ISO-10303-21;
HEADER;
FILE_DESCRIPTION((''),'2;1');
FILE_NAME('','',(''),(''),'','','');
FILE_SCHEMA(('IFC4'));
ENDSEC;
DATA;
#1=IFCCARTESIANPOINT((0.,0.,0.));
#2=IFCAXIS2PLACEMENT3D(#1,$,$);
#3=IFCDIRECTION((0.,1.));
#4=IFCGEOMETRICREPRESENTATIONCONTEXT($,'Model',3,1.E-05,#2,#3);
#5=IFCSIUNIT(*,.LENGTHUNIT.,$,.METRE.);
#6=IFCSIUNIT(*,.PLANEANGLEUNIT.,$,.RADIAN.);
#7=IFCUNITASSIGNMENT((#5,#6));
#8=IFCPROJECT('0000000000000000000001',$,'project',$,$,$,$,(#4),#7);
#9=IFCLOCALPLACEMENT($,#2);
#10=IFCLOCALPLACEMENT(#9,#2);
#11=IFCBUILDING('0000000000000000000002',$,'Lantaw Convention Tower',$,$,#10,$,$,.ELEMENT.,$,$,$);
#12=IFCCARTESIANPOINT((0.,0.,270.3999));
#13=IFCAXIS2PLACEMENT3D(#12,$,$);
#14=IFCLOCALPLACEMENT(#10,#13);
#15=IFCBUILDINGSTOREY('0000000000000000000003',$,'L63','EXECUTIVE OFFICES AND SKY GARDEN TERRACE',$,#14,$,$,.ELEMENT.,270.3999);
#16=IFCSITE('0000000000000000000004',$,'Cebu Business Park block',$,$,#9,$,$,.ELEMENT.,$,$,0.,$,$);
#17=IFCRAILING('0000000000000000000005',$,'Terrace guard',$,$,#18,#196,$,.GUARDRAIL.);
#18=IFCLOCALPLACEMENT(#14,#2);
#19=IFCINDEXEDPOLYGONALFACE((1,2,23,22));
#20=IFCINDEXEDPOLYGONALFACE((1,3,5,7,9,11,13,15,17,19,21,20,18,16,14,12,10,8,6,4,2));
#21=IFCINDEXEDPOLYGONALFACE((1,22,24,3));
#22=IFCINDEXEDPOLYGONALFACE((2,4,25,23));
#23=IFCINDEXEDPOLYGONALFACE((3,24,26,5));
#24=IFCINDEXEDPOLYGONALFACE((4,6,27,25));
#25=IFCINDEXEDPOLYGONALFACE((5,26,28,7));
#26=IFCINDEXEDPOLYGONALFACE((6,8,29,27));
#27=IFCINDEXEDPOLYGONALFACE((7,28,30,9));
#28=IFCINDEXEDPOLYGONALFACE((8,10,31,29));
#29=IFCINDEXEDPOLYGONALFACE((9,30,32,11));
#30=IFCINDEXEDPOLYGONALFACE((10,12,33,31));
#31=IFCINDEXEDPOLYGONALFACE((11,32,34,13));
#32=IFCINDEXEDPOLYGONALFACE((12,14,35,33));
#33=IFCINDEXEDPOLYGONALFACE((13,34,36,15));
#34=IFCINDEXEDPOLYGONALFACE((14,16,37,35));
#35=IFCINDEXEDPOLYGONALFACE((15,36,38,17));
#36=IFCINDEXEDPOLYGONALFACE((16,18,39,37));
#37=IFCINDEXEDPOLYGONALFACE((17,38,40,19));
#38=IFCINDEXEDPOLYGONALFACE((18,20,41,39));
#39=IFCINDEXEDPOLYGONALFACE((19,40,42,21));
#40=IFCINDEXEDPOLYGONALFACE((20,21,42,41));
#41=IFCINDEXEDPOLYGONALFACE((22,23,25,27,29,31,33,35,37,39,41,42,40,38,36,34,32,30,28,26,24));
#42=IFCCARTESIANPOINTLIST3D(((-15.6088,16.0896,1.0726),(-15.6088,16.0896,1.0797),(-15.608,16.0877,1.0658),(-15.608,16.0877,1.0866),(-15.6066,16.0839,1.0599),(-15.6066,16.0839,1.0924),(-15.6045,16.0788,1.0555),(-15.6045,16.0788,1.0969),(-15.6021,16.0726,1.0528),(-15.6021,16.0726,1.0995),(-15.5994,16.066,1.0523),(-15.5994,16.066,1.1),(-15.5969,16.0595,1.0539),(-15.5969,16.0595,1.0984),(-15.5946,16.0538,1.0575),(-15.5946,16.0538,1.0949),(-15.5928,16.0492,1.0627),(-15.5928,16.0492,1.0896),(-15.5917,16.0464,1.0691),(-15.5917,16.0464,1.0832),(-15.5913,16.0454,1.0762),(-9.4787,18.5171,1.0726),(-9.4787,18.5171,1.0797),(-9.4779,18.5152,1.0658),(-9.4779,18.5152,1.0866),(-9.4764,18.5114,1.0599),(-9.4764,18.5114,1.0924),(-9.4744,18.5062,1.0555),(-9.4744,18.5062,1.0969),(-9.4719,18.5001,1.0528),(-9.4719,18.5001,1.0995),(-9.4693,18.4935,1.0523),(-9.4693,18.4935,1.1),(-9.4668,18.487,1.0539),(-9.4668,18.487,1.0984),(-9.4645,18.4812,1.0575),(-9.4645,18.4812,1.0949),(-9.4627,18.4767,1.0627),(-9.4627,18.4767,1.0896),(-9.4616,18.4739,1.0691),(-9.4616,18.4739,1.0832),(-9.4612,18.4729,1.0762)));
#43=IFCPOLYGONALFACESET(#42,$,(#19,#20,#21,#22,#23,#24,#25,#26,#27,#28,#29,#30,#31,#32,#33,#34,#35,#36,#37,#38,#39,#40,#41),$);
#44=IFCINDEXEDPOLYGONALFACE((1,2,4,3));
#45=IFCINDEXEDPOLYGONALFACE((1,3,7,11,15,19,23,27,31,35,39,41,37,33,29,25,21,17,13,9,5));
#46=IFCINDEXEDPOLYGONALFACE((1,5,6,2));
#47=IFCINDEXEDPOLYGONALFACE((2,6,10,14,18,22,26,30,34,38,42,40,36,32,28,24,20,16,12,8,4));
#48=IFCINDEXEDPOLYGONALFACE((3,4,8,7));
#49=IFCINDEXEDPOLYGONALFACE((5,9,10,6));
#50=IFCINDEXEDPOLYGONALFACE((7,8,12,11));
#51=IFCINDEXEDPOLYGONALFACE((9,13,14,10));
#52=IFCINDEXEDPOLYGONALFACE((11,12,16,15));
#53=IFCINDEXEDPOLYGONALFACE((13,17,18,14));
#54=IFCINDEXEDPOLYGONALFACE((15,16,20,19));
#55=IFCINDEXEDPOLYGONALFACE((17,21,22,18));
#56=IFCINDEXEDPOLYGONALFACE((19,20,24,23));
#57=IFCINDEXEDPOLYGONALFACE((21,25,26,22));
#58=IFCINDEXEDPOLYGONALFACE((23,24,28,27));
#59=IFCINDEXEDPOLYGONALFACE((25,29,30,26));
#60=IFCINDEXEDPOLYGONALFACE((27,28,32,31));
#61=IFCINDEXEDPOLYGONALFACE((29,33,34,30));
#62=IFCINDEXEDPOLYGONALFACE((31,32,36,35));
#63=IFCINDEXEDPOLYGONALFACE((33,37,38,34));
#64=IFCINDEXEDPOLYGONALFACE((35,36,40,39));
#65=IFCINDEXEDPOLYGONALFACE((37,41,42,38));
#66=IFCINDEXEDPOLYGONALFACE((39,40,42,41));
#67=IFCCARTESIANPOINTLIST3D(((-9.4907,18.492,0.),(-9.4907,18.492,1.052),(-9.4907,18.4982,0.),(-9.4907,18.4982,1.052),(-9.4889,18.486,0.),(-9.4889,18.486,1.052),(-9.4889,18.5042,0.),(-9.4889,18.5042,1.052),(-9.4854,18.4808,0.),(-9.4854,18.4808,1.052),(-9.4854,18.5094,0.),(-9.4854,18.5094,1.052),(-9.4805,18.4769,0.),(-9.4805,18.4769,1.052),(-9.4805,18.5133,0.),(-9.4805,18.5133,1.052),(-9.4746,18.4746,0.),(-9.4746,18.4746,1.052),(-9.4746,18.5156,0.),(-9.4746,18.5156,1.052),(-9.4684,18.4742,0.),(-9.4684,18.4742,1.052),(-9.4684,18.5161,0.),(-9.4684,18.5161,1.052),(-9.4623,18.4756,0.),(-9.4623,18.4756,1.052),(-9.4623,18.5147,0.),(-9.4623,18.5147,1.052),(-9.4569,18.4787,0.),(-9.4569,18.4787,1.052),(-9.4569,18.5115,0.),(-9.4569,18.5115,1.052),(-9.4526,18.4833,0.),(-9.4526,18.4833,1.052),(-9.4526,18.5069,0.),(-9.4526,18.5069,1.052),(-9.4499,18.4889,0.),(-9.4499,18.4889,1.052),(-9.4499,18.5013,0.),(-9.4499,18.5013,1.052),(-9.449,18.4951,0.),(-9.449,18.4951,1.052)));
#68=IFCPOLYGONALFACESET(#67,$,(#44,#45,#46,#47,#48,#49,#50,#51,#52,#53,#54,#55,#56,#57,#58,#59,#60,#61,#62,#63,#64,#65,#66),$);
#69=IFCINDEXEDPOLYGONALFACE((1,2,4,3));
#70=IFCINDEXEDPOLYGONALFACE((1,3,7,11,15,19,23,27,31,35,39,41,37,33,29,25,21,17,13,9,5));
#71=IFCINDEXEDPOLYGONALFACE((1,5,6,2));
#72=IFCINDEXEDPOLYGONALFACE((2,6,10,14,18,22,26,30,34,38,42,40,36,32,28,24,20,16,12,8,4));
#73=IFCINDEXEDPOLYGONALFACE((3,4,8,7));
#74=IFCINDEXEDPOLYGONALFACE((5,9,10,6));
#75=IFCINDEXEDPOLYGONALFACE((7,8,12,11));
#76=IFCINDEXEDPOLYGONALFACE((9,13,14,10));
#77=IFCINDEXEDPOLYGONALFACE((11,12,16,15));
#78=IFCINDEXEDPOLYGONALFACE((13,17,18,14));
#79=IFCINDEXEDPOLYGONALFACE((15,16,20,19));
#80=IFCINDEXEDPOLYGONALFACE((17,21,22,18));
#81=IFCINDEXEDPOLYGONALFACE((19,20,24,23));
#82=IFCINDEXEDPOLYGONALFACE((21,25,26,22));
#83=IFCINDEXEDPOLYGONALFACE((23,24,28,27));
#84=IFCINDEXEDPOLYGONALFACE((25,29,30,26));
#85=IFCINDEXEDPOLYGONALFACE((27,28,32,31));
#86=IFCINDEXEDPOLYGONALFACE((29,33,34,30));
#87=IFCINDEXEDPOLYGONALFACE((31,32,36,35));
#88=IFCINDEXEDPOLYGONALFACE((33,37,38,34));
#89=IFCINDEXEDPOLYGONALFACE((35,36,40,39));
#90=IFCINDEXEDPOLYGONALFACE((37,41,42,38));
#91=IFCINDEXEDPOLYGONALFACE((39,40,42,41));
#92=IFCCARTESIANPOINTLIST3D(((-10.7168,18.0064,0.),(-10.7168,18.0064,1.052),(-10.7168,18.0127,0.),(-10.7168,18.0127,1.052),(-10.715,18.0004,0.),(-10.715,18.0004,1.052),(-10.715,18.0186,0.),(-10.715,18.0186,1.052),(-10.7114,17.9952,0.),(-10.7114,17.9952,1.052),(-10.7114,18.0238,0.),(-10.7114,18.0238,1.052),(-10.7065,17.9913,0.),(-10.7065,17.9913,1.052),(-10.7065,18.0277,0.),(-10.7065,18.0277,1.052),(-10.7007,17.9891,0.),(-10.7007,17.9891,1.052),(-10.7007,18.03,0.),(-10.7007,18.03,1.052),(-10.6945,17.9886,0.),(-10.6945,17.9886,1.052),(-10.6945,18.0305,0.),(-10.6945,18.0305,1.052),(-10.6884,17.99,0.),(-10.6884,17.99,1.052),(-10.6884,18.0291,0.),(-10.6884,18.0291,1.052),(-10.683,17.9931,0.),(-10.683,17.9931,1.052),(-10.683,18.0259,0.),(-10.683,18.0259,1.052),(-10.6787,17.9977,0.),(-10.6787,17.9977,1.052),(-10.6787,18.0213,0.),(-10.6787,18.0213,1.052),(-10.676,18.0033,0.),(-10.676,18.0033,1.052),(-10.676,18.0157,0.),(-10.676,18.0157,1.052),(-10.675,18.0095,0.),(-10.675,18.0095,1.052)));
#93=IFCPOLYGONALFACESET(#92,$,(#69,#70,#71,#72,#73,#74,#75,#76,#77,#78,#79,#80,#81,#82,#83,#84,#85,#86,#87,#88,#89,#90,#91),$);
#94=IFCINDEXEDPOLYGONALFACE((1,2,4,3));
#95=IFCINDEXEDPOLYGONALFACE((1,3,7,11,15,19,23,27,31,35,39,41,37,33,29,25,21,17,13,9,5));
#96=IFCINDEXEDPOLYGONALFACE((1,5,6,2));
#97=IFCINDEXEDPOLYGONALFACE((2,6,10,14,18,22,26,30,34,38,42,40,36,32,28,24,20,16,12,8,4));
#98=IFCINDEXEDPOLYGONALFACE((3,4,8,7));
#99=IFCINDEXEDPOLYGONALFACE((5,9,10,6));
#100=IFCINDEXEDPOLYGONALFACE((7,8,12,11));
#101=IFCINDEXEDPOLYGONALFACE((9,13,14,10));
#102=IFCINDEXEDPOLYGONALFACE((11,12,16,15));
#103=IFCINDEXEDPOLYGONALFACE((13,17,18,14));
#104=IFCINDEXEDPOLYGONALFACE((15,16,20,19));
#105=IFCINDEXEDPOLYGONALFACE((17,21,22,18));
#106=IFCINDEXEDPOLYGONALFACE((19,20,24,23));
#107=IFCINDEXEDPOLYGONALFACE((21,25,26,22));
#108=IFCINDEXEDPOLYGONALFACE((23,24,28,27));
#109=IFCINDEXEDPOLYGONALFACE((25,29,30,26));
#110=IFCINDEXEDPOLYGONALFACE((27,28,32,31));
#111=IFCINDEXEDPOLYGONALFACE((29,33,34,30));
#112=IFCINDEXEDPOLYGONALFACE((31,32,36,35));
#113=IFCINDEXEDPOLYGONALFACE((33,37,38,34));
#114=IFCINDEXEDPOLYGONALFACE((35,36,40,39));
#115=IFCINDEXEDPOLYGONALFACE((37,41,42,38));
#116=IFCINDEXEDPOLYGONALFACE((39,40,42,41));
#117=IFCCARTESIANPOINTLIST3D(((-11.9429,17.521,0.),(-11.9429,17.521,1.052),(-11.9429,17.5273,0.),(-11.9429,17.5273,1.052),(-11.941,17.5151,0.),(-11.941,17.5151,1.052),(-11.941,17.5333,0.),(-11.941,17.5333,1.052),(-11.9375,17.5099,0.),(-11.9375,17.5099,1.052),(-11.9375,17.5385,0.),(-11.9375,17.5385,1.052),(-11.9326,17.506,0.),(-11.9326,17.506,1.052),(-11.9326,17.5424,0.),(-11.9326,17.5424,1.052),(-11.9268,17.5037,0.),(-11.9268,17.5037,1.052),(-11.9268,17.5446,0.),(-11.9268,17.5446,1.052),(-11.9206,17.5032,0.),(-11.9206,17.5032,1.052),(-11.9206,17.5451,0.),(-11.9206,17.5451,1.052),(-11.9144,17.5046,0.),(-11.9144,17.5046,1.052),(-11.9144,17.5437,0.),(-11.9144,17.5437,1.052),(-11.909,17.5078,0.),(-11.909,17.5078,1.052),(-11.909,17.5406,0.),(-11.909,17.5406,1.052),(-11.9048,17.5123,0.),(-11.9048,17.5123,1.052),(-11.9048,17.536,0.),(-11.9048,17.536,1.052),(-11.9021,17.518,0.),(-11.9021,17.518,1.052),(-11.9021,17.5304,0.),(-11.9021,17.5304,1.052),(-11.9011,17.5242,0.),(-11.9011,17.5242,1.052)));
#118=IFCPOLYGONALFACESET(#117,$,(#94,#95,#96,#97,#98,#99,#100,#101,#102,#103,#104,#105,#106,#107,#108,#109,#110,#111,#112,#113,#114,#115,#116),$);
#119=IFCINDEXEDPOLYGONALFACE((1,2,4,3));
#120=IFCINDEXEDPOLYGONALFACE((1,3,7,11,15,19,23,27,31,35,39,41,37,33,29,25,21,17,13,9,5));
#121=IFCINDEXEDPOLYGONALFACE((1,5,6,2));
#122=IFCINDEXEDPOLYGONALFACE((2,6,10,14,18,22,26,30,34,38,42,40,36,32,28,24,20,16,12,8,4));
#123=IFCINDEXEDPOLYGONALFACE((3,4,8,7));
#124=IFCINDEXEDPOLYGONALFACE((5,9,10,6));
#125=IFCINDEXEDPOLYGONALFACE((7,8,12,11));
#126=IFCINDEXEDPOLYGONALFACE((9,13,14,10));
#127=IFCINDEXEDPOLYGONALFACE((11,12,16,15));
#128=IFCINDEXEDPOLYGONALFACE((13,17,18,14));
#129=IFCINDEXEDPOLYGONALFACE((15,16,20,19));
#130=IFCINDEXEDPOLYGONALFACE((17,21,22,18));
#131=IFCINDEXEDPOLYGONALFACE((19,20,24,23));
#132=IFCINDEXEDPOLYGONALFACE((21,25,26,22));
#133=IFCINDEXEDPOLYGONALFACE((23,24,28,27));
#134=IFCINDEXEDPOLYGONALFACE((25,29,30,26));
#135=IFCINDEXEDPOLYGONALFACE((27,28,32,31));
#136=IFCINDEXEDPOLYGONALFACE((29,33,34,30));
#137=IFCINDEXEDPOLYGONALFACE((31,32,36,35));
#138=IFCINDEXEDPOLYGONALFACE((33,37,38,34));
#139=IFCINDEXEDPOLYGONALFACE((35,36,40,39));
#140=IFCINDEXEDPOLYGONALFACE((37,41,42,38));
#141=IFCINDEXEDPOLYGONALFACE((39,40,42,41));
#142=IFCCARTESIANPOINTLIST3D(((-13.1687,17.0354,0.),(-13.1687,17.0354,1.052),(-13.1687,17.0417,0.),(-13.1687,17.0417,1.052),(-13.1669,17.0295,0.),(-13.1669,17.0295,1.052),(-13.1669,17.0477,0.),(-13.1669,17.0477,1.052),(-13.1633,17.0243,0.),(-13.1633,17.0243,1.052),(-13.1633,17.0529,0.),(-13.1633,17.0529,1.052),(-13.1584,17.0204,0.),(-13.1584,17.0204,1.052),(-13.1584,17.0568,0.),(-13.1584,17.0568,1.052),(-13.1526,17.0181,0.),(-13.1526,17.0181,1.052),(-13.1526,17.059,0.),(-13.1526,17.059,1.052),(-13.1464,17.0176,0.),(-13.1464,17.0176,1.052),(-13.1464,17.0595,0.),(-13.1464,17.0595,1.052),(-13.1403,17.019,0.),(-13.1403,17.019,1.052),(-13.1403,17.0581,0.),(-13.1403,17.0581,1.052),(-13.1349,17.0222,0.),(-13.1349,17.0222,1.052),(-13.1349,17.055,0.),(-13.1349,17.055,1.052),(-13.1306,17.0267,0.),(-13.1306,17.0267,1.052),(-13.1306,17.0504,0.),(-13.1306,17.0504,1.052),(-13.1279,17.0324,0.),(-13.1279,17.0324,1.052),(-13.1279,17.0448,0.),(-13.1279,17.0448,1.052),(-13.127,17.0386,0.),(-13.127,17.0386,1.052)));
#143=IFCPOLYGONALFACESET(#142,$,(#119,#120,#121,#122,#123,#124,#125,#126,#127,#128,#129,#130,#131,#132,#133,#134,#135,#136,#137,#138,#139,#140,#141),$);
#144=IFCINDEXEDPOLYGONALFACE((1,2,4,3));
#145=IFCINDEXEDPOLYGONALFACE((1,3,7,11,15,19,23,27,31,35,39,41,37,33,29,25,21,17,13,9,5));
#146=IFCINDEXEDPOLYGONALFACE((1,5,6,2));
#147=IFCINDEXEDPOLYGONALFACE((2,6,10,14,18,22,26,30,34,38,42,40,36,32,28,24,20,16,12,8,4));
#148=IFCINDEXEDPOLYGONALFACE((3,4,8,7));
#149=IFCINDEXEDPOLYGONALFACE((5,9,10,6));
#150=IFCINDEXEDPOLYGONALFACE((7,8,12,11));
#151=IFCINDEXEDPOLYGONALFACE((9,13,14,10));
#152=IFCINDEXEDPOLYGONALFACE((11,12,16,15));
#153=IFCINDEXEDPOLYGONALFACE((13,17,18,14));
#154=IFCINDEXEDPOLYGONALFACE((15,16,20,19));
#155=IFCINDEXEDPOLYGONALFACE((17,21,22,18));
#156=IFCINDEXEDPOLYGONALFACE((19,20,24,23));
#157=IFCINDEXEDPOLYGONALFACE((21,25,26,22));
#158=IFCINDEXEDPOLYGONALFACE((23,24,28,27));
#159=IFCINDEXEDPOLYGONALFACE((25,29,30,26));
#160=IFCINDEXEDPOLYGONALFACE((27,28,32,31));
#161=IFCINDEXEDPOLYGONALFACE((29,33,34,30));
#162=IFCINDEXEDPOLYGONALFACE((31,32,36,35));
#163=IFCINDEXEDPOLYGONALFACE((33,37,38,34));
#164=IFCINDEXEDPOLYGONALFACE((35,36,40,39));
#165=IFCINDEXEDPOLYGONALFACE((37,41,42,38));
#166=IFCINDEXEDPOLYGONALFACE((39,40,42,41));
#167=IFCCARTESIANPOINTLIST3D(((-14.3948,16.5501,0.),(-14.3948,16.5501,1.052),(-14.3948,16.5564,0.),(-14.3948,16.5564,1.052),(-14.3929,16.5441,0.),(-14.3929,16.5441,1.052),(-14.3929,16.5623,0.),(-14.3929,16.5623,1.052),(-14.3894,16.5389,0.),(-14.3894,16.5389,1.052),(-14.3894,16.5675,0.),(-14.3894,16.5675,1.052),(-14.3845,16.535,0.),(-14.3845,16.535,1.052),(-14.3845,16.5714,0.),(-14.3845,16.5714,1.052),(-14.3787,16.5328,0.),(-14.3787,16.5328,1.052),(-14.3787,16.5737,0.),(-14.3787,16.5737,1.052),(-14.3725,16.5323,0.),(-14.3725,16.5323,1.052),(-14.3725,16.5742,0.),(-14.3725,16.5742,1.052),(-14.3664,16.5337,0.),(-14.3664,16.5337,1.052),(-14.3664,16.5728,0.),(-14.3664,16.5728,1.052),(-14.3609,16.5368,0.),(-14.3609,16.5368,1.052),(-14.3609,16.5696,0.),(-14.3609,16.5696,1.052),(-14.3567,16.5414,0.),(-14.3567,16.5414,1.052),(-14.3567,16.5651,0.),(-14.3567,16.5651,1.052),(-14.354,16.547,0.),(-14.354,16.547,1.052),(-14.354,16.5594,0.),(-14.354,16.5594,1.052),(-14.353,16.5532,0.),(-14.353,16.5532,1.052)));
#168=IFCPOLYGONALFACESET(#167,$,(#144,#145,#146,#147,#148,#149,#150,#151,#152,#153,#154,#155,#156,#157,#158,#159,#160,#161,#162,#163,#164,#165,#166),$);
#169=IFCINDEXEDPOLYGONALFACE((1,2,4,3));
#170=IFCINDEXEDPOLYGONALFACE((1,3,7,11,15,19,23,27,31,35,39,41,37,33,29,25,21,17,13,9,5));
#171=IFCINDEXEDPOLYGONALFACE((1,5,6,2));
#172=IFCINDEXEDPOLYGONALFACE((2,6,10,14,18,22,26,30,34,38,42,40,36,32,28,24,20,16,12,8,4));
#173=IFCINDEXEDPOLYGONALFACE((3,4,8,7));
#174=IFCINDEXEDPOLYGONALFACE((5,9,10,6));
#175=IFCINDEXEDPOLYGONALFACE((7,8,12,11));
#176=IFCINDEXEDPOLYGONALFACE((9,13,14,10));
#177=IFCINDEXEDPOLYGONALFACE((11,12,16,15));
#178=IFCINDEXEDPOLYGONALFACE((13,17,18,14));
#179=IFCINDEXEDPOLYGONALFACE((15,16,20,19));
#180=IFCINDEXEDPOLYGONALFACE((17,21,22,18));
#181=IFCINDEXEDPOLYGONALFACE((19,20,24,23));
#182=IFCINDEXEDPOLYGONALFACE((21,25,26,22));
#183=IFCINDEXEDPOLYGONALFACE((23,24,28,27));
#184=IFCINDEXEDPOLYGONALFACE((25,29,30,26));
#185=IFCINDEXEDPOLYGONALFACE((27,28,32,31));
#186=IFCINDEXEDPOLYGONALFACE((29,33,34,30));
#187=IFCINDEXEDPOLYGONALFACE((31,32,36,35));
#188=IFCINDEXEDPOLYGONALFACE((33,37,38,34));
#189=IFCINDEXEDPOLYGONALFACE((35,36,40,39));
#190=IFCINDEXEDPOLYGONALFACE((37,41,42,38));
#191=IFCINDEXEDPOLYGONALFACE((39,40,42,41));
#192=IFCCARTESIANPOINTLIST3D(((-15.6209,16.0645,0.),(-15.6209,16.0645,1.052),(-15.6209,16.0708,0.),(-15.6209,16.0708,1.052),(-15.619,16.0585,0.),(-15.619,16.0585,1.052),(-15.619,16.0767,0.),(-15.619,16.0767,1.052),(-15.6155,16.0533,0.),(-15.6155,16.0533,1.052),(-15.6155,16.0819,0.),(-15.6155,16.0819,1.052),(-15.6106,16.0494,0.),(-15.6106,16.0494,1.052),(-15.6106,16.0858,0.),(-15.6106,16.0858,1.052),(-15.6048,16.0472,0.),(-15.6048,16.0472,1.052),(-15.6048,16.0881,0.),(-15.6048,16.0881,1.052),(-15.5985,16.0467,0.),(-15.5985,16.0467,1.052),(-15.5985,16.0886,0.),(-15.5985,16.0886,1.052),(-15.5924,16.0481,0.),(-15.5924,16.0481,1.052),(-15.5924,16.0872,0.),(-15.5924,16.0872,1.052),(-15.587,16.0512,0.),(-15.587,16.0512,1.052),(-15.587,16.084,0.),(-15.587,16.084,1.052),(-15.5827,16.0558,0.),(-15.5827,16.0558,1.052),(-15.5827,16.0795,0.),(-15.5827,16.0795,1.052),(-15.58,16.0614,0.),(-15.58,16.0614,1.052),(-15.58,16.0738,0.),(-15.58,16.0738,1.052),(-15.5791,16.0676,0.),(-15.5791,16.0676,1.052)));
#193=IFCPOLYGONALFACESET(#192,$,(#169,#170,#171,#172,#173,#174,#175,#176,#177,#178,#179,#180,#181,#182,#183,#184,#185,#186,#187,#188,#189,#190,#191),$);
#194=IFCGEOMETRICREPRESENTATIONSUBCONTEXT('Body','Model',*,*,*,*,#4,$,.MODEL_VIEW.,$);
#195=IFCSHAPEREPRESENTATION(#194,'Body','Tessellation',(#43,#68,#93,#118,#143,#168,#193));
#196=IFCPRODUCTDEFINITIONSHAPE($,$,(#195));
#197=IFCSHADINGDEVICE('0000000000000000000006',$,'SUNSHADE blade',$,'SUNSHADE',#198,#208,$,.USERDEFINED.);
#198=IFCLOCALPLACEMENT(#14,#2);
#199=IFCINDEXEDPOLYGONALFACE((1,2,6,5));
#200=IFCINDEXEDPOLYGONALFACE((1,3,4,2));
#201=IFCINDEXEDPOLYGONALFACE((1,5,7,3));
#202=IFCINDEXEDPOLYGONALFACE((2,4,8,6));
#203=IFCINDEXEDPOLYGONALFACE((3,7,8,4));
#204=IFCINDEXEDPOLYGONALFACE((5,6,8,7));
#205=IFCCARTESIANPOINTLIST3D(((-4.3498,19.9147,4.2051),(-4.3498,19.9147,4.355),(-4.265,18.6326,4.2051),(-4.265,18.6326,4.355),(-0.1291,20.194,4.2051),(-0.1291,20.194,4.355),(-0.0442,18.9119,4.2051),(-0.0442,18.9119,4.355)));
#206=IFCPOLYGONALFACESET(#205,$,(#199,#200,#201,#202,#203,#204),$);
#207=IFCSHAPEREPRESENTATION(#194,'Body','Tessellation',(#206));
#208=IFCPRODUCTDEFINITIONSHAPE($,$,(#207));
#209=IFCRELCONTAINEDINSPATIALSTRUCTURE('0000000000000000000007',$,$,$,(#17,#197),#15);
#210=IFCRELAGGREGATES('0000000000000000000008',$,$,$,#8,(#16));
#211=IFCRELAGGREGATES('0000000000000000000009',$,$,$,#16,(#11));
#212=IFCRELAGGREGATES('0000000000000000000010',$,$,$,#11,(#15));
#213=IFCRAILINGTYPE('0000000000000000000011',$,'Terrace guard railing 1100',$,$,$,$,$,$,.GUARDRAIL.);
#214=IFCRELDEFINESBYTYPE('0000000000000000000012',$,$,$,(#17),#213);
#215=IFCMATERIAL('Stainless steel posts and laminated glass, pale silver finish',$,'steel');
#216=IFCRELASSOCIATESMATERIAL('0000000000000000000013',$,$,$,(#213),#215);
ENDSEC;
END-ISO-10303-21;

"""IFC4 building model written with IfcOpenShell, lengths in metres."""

from ifc_helpers import new_model, si_unit, direction, frame, origin, origin_2d, place, context, subcontext, project, spatial, rectangle, circle, extrude, material, type_object, element, save


model = new_model("IFC4")

# Units and contexts
model_context = context("Model", 3, precision=1e-05, world=origin(), true_north=direction((0.0, 1.0)))
body_context = subcontext(model_context, "Body", "Model", "MODEL_VIEW")
ifc_project = project(units=[si_unit("LENGTHUNIT", "METRE"), si_unit("PLANEANGLEUNIT", "RADIAN")], contexts=[model_context])

# Site, building, storey
site_placement = place(None, origin())
site = spatial("IfcSite", under=ifc_project, at=site_placement, Name="Cebu Business Park block", CompositionType="ELEMENT", RefElevation=0.0)
building_placement = place(site_placement, origin())
building = spatial("IfcBuilding", under=site, at=building_placement, Name="Lantaw Convention Tower", CompositionType="ELEMENT")
storey_placement = place(building_placement, frame((0.0, 0.0, 270.3999)))
storey = spatial("IfcBuildingStorey", under=building, at=storey_placement, Name="L63", Description="EXECUTIVE OFFICES AND SKY GARDEN TERRACE", CompositionType="ELEMENT", Elevation=270.3999)

# Railing
ifc_material_1 = material(Name="Stainless steel posts and laminated glass, pale silver finish", Category="steel")
railing_type = type_object("IfcRailingType", Name="Terrace guard railing 1100", PredefinedType="GUARDRAIL", material=ifc_material_1)
railing_1_placement = place(storey_placement, frame((-9.47, 18.4951, 0.0)))
element("IfcRailing", 1, at=railing_1_placement, inside=storey, type_object=railing_type, Name="Terrace guard", PredefinedType="GUARDRAIL", context=body_context, shape_type="SweptSolid", body=[
    extrude(circle(Radius=0.0239, at=origin_2d()), frame((0.0, 0.0, 1.0762), z_axis=(-0.929756, -0.368177, 0.0), x_axis=(0.368177, -0.929756, 0.0)), (0.0, 0.0, 1.0), 6.5933),
    extrude(circle(Radius=0.021, at=origin_2d()), origin(), (0.0, 0.0, 1.0), 1.052),
    extrude(circle(Radius=0.021, at=origin_2d()), frame((-1.2261, -0.4856, 0.0)), (0.0, 0.0, 1.0), 1.052),
    extrude(circle(Radius=0.021, at=origin_2d()), frame((-2.4521, -0.9709, 0.0)), (0.0, 0.0, 1.0), 1.052),
    extrude(circle(Radius=0.021, at=origin_2d()), frame((-3.678, -1.4565, 0.0)), (0.0, 0.0, 1.0), 1.052),
    extrude(circle(Radius=0.021, at=origin_2d()), frame((-4.9041, -1.9419, 0.0)), (0.0, 0.0, 1.0), 1.052),
    extrude(circle(Radius=0.021, at=origin_2d()), frame((-6.1301, -2.4275, 0.0)), (0.0, 0.0, 1.0), 1.052),
])

# Shading device
shading_device_1_placement = place(storey_placement, frame((-2.197, 19.4133, 4.2051), z_axis=(0.0, 0.0, 1.0), x_axis=(-0.997818, -0.066025, 0.0)))
element("IfcShadingDevice", 2, at=shading_device_1_placement, inside=storey, Name="SUNSHADE blade", ObjectType="SUNSHADE", PredefinedType="USERDEFINED", context=body_context, shape_type="SweptSolid", body=[
    extrude(rectangle(XDim=4.23, YDim=1.2849, at=origin_2d()), origin(), (0.0, 0.0, 1.0), 0.1499),
])

save(model, "model.ifc")
